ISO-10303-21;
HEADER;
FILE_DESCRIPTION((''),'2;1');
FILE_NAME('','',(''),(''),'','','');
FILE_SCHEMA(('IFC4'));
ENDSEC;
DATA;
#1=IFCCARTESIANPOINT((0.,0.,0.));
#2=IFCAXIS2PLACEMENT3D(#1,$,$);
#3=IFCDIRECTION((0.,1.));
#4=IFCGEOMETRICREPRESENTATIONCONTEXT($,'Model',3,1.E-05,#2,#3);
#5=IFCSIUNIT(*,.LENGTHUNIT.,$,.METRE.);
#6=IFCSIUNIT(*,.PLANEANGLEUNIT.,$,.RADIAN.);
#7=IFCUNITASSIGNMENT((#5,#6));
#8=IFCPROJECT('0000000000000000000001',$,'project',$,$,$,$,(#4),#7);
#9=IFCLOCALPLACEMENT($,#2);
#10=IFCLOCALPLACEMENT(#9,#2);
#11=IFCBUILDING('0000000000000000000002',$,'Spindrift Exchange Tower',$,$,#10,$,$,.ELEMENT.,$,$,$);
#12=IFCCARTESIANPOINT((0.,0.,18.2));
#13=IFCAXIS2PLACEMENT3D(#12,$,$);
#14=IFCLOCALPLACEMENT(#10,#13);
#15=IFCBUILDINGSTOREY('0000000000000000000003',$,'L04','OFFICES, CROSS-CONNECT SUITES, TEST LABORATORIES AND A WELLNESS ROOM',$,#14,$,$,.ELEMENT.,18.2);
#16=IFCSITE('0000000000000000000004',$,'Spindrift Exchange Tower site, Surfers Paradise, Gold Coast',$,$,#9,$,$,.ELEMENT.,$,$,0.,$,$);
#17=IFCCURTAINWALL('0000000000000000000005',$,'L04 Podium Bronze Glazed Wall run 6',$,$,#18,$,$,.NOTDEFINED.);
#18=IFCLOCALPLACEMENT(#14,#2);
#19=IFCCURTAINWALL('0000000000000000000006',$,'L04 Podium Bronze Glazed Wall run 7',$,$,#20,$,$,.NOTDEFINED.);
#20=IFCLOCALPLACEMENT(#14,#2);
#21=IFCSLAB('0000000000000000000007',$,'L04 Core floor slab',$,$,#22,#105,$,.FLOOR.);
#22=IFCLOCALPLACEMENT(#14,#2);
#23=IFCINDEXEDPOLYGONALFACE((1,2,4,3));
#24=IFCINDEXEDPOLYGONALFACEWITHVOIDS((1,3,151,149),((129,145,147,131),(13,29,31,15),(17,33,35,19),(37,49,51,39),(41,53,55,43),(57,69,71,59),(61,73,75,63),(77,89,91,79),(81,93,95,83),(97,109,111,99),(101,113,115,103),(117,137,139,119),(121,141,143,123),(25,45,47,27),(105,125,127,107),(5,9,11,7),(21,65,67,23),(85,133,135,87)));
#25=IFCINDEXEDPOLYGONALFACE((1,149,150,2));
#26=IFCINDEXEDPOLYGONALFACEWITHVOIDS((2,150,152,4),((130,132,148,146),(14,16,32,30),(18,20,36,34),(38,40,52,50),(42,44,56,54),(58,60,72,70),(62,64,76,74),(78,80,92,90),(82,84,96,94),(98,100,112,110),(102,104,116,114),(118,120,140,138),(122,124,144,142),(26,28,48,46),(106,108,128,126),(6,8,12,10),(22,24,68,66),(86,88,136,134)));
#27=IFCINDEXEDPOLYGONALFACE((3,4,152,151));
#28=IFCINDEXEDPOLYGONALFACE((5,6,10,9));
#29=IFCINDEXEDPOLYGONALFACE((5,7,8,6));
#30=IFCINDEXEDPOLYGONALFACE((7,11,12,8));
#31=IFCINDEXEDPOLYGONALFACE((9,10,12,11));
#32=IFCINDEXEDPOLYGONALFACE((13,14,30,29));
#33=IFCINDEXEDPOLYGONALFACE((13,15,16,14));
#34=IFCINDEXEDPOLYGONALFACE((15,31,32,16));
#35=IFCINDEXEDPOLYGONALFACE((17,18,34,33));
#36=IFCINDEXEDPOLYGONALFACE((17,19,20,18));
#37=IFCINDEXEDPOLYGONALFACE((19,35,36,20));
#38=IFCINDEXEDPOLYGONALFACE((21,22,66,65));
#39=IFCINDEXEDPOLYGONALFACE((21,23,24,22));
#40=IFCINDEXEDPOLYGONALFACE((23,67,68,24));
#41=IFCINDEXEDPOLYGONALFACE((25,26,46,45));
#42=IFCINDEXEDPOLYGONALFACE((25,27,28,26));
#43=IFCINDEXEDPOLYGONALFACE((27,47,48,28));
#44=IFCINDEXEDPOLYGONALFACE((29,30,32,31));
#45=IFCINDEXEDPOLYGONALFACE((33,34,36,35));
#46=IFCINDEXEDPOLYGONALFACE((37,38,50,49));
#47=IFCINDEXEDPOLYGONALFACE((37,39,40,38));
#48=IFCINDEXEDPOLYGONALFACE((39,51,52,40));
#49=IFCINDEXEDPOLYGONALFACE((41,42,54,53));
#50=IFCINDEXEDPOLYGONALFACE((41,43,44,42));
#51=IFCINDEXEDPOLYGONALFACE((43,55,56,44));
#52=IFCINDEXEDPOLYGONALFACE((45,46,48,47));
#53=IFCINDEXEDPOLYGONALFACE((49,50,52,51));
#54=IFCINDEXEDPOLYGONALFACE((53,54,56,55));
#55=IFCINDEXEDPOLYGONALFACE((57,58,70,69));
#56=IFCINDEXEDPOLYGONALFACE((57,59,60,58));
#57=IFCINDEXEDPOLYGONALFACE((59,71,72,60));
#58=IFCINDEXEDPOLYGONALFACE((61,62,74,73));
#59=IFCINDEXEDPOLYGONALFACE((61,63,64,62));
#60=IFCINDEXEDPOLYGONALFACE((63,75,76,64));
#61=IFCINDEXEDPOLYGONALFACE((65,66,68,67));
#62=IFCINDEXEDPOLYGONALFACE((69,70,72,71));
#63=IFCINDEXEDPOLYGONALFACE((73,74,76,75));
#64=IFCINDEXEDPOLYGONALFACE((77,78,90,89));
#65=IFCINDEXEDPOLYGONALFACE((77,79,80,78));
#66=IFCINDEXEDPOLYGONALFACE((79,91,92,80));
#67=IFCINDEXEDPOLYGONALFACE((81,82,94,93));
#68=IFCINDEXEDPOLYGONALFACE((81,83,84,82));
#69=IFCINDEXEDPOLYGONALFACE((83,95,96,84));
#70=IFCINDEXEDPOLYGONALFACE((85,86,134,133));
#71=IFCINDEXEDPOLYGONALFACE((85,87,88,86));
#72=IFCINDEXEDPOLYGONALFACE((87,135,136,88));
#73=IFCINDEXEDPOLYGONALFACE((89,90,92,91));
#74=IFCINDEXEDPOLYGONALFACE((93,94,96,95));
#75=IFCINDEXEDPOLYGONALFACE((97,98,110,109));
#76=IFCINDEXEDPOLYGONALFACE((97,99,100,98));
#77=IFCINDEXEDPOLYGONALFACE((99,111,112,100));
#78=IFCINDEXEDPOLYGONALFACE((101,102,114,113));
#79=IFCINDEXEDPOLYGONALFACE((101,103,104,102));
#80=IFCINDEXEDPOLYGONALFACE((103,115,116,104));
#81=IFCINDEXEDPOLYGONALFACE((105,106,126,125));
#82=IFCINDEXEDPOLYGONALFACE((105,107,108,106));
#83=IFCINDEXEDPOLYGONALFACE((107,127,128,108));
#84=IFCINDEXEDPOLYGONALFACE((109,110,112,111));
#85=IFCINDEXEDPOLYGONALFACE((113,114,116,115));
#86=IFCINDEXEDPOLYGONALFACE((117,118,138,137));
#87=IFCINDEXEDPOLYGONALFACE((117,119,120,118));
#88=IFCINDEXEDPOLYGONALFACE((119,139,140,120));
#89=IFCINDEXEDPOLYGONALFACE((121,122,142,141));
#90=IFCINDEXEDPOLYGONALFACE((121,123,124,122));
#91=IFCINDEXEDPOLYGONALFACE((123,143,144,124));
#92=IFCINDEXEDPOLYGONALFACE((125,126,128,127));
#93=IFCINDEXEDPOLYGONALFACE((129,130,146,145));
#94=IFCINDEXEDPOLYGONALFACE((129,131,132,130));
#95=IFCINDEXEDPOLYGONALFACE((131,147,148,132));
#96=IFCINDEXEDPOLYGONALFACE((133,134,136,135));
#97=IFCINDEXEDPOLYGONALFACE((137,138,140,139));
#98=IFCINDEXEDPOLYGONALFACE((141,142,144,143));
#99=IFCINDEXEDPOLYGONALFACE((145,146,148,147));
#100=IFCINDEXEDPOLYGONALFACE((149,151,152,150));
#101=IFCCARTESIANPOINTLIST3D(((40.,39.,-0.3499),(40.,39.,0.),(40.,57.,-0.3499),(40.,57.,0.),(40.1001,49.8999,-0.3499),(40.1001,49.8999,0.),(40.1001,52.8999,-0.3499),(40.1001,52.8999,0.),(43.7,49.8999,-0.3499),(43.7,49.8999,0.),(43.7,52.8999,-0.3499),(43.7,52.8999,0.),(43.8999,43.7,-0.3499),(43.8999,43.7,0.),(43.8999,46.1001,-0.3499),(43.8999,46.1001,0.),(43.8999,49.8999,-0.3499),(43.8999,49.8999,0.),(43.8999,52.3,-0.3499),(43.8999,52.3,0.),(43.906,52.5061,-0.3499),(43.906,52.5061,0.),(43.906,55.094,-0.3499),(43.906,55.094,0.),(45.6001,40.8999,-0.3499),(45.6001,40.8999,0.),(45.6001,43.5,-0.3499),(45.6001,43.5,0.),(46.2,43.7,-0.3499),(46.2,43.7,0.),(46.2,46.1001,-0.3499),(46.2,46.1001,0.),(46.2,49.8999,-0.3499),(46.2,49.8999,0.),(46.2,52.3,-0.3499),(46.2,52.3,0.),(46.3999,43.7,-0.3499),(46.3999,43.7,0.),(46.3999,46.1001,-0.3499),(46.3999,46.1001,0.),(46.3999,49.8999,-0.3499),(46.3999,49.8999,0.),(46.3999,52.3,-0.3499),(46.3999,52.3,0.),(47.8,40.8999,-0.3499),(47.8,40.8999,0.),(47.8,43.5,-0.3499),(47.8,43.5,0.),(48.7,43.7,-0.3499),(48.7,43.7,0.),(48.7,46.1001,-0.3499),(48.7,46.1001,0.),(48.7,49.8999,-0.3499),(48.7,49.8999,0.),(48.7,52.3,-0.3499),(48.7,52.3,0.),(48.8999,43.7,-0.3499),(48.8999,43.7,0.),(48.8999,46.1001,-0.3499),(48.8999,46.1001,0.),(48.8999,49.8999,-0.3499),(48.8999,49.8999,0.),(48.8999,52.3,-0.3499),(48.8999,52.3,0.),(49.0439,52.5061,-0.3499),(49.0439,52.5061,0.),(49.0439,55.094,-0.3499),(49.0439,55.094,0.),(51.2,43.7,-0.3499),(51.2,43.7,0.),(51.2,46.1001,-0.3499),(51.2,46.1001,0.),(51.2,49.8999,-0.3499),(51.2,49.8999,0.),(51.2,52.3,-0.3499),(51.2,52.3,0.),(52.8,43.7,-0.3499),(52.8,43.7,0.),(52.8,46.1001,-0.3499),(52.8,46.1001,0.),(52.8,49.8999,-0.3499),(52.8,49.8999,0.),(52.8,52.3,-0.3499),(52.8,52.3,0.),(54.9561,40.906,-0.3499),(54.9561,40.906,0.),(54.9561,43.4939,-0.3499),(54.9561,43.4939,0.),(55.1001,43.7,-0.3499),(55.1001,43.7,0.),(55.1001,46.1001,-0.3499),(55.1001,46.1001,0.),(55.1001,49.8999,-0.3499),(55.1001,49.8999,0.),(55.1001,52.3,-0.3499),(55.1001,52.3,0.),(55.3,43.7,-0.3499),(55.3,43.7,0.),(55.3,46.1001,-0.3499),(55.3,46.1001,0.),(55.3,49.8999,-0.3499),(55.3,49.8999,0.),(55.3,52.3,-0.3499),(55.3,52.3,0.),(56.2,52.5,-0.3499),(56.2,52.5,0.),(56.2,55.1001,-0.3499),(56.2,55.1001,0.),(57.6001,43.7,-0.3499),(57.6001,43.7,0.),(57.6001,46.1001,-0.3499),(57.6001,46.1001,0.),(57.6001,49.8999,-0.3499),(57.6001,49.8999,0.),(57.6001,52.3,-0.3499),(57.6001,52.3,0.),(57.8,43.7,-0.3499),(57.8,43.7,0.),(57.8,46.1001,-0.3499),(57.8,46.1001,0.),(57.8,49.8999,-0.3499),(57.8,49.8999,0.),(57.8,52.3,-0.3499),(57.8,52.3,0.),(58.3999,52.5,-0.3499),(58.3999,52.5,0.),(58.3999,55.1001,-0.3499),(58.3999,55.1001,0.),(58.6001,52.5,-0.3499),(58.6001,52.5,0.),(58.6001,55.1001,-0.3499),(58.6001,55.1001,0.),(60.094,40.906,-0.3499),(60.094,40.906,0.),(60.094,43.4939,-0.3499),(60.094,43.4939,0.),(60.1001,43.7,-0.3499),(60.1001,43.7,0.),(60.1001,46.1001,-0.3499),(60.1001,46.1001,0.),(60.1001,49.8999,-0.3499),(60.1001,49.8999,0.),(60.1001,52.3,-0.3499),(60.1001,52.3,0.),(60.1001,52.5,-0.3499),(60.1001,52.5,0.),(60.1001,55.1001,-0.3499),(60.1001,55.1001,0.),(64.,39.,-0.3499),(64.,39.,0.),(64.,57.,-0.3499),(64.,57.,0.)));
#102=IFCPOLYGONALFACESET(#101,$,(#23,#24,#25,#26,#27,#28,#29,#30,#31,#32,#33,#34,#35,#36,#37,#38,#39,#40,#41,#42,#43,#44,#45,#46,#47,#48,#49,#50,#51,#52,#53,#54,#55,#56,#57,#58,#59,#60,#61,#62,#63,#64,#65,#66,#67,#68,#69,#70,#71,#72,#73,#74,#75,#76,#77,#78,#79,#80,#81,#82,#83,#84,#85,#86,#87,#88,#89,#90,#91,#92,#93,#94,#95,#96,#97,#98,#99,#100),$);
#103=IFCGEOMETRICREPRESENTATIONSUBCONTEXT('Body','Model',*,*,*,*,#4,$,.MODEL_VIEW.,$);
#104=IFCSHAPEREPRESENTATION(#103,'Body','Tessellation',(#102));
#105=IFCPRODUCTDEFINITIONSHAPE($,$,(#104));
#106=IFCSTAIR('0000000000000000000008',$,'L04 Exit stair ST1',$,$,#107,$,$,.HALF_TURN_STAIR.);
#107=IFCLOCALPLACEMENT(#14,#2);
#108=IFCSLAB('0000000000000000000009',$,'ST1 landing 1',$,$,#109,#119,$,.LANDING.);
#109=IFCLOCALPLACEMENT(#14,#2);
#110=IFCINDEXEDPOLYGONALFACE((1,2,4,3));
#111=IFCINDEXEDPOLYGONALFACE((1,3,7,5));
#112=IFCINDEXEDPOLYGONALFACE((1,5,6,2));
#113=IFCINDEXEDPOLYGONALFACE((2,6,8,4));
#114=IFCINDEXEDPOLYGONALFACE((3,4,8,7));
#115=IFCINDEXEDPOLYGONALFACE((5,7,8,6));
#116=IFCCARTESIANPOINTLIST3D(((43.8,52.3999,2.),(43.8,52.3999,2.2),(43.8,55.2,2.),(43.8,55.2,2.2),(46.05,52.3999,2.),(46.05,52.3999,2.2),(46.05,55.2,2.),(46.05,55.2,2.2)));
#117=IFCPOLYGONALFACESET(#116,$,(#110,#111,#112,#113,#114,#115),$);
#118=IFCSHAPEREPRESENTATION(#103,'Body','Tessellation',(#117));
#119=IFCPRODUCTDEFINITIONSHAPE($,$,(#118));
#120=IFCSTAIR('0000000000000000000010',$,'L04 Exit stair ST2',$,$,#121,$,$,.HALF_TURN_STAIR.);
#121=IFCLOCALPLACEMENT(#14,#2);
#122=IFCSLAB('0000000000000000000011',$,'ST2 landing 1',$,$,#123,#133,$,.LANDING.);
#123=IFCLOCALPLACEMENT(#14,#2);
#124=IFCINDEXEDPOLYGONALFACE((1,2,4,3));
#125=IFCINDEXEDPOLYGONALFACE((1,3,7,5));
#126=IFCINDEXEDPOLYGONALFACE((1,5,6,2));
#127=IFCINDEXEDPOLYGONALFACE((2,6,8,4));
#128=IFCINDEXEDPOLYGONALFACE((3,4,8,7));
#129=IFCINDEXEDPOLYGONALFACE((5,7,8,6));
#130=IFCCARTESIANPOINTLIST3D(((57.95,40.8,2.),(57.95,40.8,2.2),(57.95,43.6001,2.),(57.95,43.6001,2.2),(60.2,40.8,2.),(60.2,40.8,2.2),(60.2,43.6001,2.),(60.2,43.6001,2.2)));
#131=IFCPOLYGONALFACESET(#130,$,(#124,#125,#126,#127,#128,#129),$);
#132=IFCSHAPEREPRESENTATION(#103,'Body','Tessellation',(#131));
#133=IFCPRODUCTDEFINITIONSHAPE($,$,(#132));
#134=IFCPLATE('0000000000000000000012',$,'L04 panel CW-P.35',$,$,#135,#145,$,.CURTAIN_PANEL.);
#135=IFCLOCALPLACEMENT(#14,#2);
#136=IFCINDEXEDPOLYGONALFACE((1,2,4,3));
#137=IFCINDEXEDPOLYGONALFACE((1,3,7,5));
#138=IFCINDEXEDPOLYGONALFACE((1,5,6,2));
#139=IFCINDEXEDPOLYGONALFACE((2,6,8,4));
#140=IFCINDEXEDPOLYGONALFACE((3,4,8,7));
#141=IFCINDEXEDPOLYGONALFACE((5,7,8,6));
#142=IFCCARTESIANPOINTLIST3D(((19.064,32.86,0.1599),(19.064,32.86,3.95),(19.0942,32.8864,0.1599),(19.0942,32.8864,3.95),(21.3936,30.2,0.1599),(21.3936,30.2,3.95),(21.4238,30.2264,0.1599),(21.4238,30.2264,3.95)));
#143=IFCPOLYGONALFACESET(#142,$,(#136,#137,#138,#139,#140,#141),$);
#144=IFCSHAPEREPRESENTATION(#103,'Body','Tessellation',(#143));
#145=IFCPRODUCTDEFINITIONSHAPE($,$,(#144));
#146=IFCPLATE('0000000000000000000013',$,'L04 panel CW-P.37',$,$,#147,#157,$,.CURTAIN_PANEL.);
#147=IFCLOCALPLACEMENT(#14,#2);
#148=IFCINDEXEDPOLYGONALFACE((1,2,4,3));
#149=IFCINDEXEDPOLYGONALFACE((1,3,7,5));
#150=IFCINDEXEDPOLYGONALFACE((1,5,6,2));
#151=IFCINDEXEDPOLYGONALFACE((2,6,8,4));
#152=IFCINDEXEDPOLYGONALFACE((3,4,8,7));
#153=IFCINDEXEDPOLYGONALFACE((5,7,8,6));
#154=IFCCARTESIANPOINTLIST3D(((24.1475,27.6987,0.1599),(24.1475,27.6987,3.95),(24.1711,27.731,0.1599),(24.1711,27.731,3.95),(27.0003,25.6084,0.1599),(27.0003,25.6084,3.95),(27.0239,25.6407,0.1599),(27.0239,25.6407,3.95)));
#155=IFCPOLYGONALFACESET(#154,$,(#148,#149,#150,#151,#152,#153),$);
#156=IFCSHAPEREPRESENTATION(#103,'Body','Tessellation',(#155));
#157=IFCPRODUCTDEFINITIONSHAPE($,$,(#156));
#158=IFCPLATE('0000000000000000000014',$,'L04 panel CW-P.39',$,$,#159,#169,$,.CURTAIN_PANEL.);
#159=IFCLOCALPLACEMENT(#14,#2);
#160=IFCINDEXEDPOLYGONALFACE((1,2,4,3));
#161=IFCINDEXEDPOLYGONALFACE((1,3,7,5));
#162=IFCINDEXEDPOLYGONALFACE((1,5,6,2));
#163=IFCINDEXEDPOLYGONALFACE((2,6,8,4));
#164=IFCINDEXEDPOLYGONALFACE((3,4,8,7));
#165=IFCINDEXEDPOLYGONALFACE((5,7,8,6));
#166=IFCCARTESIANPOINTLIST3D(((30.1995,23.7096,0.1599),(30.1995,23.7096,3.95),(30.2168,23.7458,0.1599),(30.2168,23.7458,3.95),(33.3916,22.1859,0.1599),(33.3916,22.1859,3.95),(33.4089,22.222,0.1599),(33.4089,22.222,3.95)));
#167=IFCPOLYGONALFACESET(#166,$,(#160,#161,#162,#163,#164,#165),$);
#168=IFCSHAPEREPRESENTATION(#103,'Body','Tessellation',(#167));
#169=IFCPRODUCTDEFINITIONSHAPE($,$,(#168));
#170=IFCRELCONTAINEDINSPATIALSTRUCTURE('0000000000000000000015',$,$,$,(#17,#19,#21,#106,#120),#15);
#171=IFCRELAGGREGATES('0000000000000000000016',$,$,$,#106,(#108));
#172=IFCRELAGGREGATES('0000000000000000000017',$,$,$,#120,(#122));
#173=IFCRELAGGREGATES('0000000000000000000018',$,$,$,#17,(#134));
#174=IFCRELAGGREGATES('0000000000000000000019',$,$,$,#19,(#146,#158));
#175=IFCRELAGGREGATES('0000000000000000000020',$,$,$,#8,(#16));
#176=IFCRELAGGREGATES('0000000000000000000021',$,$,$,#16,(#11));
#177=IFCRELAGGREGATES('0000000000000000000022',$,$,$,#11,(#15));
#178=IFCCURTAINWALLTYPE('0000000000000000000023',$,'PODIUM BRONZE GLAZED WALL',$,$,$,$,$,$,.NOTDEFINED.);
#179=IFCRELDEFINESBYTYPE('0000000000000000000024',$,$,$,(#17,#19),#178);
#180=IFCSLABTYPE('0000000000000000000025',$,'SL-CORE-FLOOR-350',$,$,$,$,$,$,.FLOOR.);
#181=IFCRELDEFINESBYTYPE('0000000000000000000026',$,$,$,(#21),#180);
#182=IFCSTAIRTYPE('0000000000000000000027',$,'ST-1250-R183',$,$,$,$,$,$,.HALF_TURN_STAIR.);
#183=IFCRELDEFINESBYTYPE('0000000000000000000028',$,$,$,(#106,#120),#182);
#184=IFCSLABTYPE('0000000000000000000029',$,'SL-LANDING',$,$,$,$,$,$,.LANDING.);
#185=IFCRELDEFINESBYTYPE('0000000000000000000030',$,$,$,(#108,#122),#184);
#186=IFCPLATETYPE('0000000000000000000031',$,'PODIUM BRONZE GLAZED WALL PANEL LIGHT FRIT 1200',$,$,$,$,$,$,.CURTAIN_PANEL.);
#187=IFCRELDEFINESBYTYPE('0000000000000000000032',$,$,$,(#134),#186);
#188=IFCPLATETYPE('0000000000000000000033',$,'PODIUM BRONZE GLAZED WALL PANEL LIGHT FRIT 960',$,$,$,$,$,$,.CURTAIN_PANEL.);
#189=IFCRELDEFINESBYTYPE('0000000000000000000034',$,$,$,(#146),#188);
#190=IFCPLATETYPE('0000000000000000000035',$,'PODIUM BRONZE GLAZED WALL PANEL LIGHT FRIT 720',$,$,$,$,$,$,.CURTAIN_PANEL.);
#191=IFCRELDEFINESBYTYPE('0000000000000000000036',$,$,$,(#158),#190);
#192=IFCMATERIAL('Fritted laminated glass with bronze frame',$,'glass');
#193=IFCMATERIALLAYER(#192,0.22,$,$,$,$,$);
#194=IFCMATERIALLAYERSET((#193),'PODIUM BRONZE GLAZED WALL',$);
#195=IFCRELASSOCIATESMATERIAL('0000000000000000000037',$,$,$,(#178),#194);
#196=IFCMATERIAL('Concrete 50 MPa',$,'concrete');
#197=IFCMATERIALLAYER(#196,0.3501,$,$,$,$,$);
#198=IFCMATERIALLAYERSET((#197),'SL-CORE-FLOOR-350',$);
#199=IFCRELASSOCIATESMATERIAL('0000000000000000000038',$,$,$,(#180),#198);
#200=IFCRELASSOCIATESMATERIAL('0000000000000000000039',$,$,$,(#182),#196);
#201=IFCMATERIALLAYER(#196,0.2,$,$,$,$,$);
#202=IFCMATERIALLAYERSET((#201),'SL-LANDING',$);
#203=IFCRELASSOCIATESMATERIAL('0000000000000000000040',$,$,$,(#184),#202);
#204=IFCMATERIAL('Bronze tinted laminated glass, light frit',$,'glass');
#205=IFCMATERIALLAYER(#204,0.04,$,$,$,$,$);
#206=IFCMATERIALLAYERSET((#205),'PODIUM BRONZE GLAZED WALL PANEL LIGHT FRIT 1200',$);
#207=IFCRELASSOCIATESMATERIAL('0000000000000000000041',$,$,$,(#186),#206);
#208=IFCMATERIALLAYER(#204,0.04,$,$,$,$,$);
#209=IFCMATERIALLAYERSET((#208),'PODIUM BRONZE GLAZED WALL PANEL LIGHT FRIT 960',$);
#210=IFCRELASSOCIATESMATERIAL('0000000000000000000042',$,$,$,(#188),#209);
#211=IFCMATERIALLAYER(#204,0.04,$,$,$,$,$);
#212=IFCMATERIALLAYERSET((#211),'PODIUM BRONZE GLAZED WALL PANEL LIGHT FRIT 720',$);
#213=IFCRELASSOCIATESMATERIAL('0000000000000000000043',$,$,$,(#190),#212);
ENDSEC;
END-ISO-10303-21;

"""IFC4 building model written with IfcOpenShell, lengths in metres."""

from ifc_helpers import new_model, si_unit, direction, frame, origin, origin_2d, place, context, subcontext, project, spatial, line, indexed_curve, rectangle, outline, extrude, source, transform, mapped, material, layer, layer_set, type_object, element, aggregate, save


model = new_model("IFC4")

# Units and contexts
model_context = context("Model", 3, precision=1e-05, world=origin(), true_north=direction((0.0, 1.0)))
body_context = subcontext(model_context, "Body", "Model", "MODEL_VIEW")
ifc_project = project(units=[si_unit("LENGTHUNIT", "METRE"), si_unit("PLANEANGLEUNIT", "RADIAN")], contexts=[model_context])

# Site, building, storey
site_placement = place(None, origin())
site = spatial("IfcSite", under=ifc_project, at=site_placement, Name="Spindrift Exchange Tower site, Surfers Paradise, Gold Coast", CompositionType="ELEMENT", RefElevation=0.0)
building_placement = place(site_placement, origin())
building = spatial("IfcBuilding", under=site, at=building_placement, Name="Spindrift Exchange Tower", CompositionType="ELEMENT")
storey_placement = place(building_placement, frame((0.0, 0.0, 18.2)))
storey = spatial("IfcBuildingStorey", under=building, at=storey_placement, Name="L04", Description="OFFICES, CROSS-CONNECT SUITES, TEST LABORATORIES AND A WELLNESS ROOM", CompositionType="ELEMENT", Elevation=18.2)

# Curtain wall
ifc_material_1 = material(Name="Fritted laminated glass with bronze frame", Category="glass")
ifc_layer_1 = layer(ifc_material_1, 0.22)
ifc_layer_set_1 = layer_set([ifc_layer_1], Name="PODIUM BRONZE GLAZED WALL")
curtain_wall_type = type_object("IfcCurtainWallType", Name="PODIUM BRONZE GLAZED WALL", PredefinedType="NOTDEFINED", material=ifc_layer_set_1)
curtain_wall_1_placement = place(storey_placement, origin())
curtain_wall_1 = element("IfcCurtainWall", 1, at=curtain_wall_1_placement, inside=storey, type_object=curtain_wall_type, Name="L04 Podium Bronze Glazed Wall run 6", PredefinedType="NOTDEFINED")

# Curtain wall
curtain_wall_2_placement = place(storey_placement, origin())
curtain_wall_2 = element("IfcCurtainWall", 2, at=curtain_wall_2_placement, inside=storey, type_object=curtain_wall_type, Name="L04 Podium Bronze Glazed Wall run 7", PredefinedType="NOTDEFINED")

# Slab
ifc_material_2 = material(Name="Concrete 50 MPa", Category="concrete")
ifc_layer_2 = layer(ifc_material_2, 0.3501)
ifc_layer_set_2 = layer_set([ifc_layer_2], Name="SL-CORE-FLOOR-350")
slab_type_1 = type_object("IfcSlabType", Name="SL-CORE-FLOOR-350", PredefinedType="FLOOR", material=ifc_layer_set_2)
slab_1_placement = place(storey_placement, frame((0.0, 0.0, -0.3499)))
element("IfcSlab", 3, at=slab_1_placement, inside=storey, type_object=slab_type_1, Name="L04 Core floor slab", PredefinedType="FLOOR", context=body_context, shape_type="SweptSolid", body=[
    extrude(outline(indexed_curve([(40.0, 39.0), (40.0, 57.0), (64.0, 57.0), (64.0, 39.0)], segments=[line(1, 2, 3, 4, 1)], self_intersect=False), holes=[indexed_curve([(47.8, 43.5), (45.6001, 43.5), (45.6001, 40.8999), (47.8, 40.8999)], segments=[line(1, 2, 3, 4, 1)], self_intersect=False), indexed_curve([(46.2, 46.1001), (43.8999, 46.1001), (43.8999, 43.7), (46.2, 43.7)], segments=[line(1, 2, 3, 4, 1)], self_intersect=False), indexed_curve([(48.7, 46.1001), (46.3999, 46.1001), (46.3999, 43.7), (48.7, 43.7)], segments=[line(1, 2, 3, 4, 1)], self_intersect=False), indexed_curve([(51.2, 46.1001), (48.8999, 46.1001), (48.8999, 43.7), (51.2, 43.7)], segments=[line(1, 2, 3, 4, 1)], self_intersect=False), indexed_curve([(46.2, 52.3), (43.8999, 52.3), (43.8999, 49.8999), (46.2, 49.8999)], segments=[line(1, 2, 3, 4, 1)], self_intersect=False), indexed_curve([(48.7, 52.3), (46.3999, 52.3), (46.3999, 49.8999), (48.7, 49.8999)], segments=[line(1, 2, 3, 4, 1)], self_intersect=False), indexed_curve([(51.2, 52.3), (48.8999, 52.3), (48.8999, 49.8999), (51.2, 49.8999)], segments=[line(1, 2, 3, 4, 1)], self_intersect=False), indexed_curve([(55.1001, 49.8999), (55.1001, 52.3), (52.8, 52.3), (52.8, 49.8999)], segments=[line(1, 2, 3, 4, 1)], self_intersect=False), indexed_curve([(43.7, 49.8999), (43.7, 52.8999), (40.1001, 52.8999), (40.1001, 49.8999)], segments=[line(1, 2, 3, 4, 1)], self_intersect=False), indexed_curve([(43.906, 55.094), (43.906, 52.5061), (49.0439, 52.5061), (49.0439, 55.094)], segments=[line(1, 2, 3, 4, 1)], self_intersect=False), indexed_curve([(60.094, 40.906), (60.094, 43.4939), (54.9561, 43.4939), (54.9561, 40.906)], segments=[line(1, 2, 3, 4, 1)], self_intersect=False), indexed_curve([(55.1001, 46.1001), (52.8, 46.1001), (52.8, 43.7), (55.1001, 43.7)], segments=[line(1, 2, 3, 4, 1)], self_intersect=False), indexed_curve([(57.6001, 43.7), (57.6001, 46.1001), (55.3, 46.1001), (55.3, 43.7)], segments=[line(1, 2, 3, 4, 1)], self_intersect=False), indexed_curve([(60.1001, 43.7), (60.1001, 46.1001), (57.8, 46.1001), (57.8, 43.7)], segments=[line(1, 2, 3, 4, 1)], self_intersect=False), indexed_curve([(57.6001, 52.3), (55.3, 52.3), (55.3, 49.8999), (57.6001, 49.8999)], segments=[line(1, 2, 3, 4, 1)], self_intersect=False), indexed_curve([(60.1001, 52.3), (57.8, 52.3), (57.8, 49.8999), (60.1001, 49.8999)], segments=[line(1, 2, 3, 4, 1)], self_intersect=False), indexed_curve([(58.3999, 52.5), (58.3999, 55.1001), (56.2, 55.1001), (56.2, 52.5)], segments=[line(1, 2, 3, 4, 1)], self_intersect=False), indexed_curve([(60.1001, 52.5), (60.1001, 55.1001), (58.6001, 55.1001), (58.6001, 52.5)], segments=[line(1, 2, 3, 4, 1)], self_intersect=False)]), origin(), (0.0, 0.0, 1.0), 0.3499),
])

# Stairs, slabs
stair_type = type_object("IfcStairType", Name="ST-1250-R183", PredefinedType="HALF_TURN_STAIR", material=ifc_material_2)
stair_1_placement = place(storey_placement, origin())
stair_1 = element("IfcStair", 4, at=stair_1_placement, inside=storey, type_object=stair_type, Name="L04 Exit stair ST1", PredefinedType="HALF_TURN_STAIR")
ifc_layer_3 = layer(ifc_material_2, 0.2)
ifc_layer_set_3 = layer_set([ifc_layer_3], Name="SL-LANDING")
slab_type_2 = type_object("IfcSlabType", Name="SL-LANDING", PredefinedType="LANDING", material=ifc_layer_set_3)
slab_2_placement = place(storey_placement, frame((0.0, 0.0, 2.0)))
slab_2 = element("IfcSlab", 5, at=slab_2_placement, type_object=slab_type_2, Name="ST1 landing 1", PredefinedType="LANDING", context=body_context, shape_type="SweptSolid", body=[
    extrude(outline(indexed_curve([(46.05, 52.3999), (43.8, 52.3999), (43.8, 55.2), (46.05, 55.2)], segments=[line(1, 2, 3, 4, 1)], self_intersect=False)), origin(), (0.0, 0.0, 1.0), 0.2),
])
aggregate(stair_1, [slab_2])
stair_2_placement = place(storey_placement, origin())
stair_2 = element("IfcStair", 6, at=stair_2_placement, inside=storey, type_object=stair_type, Name="L04 Exit stair ST2", PredefinedType="HALF_TURN_STAIR")
slab_3_placement = place(storey_placement, frame((0.0, 0.0, 2.0)))
slab_3 = element("IfcSlab", 7, at=slab_3_placement, type_object=slab_type_2, Name="ST2 landing 1", PredefinedType="LANDING", context=body_context, shape_type="SweptSolid", body=[
    extrude(outline(indexed_curve([(57.95, 43.6001), (60.2, 43.6001), (60.2, 40.8), (57.95, 40.8)], segments=[line(1, 2, 3, 4, 1)], self_intersect=False)), origin(), (0.0, 0.0, 1.0), 0.2),
])
aggregate(stair_2, [slab_3])

# Plates
ifc_material_3 = material(Name="Bronze tinted laminated glass, light frit", Category="glass")
ifc_layer_4 = layer(ifc_material_3, 0.04)
ifc_layer_set_4 = layer_set([ifc_layer_4], Name="PODIUM BRONZE GLAZED WALL PANEL LIGHT FRIT 1200")
plate_type_1 = type_object("IfcPlateType", Name="PODIUM BRONZE GLAZED WALL PANEL LIGHT FRIT 1200", PredefinedType="CURTAIN_PANEL", material=ifc_layer_set_4)
shared_shape_1 = source(origin(), body_context, "Body", "SweptSolid", [
    extrude(rectangle(XDim=3.5359, YDim=0.04, at=origin_2d()), origin(), (0.0, 0.0, 1.0), 3.79),
])
plate_1_placement = place(storey_placement, frame((20.2439, 31.5432, 0.1599), z_axis=(0.0, 0.0, 1.0), x_axis=(0.658844, -0.752279, 0.0)))
plate_1 = element("IfcPlate", 8, at=plate_1_placement, type_object=plate_type_1, Name="L04 panel CW-P.35", PredefinedType="CURTAIN_PANEL", context=body_context, shape_type="MappedRepresentation", body=[
    mapped(shared_shape_1, transform((0.0, 0.0, 0.0), scale=1.0)),
])
ifc_layer_5 = layer(ifc_material_3, 0.04)
ifc_layer_set_5 = layer_set([ifc_layer_5], Name="PODIUM BRONZE GLAZED WALL PANEL LIGHT FRIT 960")
plate_type_2 = type_object("IfcPlateType", Name="PODIUM BRONZE GLAZED WALL PANEL LIGHT FRIT 960", PredefinedType="CURTAIN_PANEL", material=ifc_layer_set_5)
shared_shape_2 = source(origin(), body_context, "Body", "SweptSolid", [
    extrude(rectangle(XDim=3.5366, YDim=0.04, at=origin_2d()), origin(), (0.0, 0.0, 1.0), 3.79),
])
plate_2_placement = place(storey_placement, frame((25.5857, 26.6697, 0.1599), z_axis=(0.0, 0.0, 1.0), x_axis=(0.806641, -0.591042, 0.0)))
plate_2 = element("IfcPlate", 9, at=plate_2_placement, type_object=plate_type_2, Name="L04 panel CW-P.37", PredefinedType="CURTAIN_PANEL", context=body_context, shape_type="MappedRepresentation", body=[
    mapped(shared_shape_2, transform((0.0, 0.0, 0.0), scale=1.0)),
])
ifc_layer_6 = layer(ifc_material_3, 0.04)
ifc_layer_set_6 = layer_set([ifc_layer_6], Name="PODIUM BRONZE GLAZED WALL PANEL LIGHT FRIT 720")
plate_type_3 = type_object("IfcPlateType", Name="PODIUM BRONZE GLAZED WALL PANEL LIGHT FRIT 720", PredefinedType="CURTAIN_PANEL", material=ifc_layer_set_6)
shared_shape_3 = source(origin(), body_context, "Body", "SweptSolid", [
    extrude(rectangle(XDim=3.5371, YDim=0.04, at=origin_2d()), origin(), (0.0, 0.0, 1.0), 3.79),
])
plate_3_placement = place(storey_placement, frame((31.8042, 22.9658, 0.1599), z_axis=(0.0, 0.0, 1.0), x_axis=(0.902455, -0.430784, 0.0)))
plate_3 = element("IfcPlate", 10, at=plate_3_placement, type_object=plate_type_3, Name="L04 panel CW-P.39", PredefinedType="CURTAIN_PANEL", context=body_context, shape_type="MappedRepresentation", body=[
    mapped(shared_shape_3, transform((0.0, 0.0, 0.0), scale=1.0)),
])
aggregate(curtain_wall_1, [plate_1])
aggregate(curtain_wall_2, [plate_2, plate_3])

save(model, "model.ifc")
